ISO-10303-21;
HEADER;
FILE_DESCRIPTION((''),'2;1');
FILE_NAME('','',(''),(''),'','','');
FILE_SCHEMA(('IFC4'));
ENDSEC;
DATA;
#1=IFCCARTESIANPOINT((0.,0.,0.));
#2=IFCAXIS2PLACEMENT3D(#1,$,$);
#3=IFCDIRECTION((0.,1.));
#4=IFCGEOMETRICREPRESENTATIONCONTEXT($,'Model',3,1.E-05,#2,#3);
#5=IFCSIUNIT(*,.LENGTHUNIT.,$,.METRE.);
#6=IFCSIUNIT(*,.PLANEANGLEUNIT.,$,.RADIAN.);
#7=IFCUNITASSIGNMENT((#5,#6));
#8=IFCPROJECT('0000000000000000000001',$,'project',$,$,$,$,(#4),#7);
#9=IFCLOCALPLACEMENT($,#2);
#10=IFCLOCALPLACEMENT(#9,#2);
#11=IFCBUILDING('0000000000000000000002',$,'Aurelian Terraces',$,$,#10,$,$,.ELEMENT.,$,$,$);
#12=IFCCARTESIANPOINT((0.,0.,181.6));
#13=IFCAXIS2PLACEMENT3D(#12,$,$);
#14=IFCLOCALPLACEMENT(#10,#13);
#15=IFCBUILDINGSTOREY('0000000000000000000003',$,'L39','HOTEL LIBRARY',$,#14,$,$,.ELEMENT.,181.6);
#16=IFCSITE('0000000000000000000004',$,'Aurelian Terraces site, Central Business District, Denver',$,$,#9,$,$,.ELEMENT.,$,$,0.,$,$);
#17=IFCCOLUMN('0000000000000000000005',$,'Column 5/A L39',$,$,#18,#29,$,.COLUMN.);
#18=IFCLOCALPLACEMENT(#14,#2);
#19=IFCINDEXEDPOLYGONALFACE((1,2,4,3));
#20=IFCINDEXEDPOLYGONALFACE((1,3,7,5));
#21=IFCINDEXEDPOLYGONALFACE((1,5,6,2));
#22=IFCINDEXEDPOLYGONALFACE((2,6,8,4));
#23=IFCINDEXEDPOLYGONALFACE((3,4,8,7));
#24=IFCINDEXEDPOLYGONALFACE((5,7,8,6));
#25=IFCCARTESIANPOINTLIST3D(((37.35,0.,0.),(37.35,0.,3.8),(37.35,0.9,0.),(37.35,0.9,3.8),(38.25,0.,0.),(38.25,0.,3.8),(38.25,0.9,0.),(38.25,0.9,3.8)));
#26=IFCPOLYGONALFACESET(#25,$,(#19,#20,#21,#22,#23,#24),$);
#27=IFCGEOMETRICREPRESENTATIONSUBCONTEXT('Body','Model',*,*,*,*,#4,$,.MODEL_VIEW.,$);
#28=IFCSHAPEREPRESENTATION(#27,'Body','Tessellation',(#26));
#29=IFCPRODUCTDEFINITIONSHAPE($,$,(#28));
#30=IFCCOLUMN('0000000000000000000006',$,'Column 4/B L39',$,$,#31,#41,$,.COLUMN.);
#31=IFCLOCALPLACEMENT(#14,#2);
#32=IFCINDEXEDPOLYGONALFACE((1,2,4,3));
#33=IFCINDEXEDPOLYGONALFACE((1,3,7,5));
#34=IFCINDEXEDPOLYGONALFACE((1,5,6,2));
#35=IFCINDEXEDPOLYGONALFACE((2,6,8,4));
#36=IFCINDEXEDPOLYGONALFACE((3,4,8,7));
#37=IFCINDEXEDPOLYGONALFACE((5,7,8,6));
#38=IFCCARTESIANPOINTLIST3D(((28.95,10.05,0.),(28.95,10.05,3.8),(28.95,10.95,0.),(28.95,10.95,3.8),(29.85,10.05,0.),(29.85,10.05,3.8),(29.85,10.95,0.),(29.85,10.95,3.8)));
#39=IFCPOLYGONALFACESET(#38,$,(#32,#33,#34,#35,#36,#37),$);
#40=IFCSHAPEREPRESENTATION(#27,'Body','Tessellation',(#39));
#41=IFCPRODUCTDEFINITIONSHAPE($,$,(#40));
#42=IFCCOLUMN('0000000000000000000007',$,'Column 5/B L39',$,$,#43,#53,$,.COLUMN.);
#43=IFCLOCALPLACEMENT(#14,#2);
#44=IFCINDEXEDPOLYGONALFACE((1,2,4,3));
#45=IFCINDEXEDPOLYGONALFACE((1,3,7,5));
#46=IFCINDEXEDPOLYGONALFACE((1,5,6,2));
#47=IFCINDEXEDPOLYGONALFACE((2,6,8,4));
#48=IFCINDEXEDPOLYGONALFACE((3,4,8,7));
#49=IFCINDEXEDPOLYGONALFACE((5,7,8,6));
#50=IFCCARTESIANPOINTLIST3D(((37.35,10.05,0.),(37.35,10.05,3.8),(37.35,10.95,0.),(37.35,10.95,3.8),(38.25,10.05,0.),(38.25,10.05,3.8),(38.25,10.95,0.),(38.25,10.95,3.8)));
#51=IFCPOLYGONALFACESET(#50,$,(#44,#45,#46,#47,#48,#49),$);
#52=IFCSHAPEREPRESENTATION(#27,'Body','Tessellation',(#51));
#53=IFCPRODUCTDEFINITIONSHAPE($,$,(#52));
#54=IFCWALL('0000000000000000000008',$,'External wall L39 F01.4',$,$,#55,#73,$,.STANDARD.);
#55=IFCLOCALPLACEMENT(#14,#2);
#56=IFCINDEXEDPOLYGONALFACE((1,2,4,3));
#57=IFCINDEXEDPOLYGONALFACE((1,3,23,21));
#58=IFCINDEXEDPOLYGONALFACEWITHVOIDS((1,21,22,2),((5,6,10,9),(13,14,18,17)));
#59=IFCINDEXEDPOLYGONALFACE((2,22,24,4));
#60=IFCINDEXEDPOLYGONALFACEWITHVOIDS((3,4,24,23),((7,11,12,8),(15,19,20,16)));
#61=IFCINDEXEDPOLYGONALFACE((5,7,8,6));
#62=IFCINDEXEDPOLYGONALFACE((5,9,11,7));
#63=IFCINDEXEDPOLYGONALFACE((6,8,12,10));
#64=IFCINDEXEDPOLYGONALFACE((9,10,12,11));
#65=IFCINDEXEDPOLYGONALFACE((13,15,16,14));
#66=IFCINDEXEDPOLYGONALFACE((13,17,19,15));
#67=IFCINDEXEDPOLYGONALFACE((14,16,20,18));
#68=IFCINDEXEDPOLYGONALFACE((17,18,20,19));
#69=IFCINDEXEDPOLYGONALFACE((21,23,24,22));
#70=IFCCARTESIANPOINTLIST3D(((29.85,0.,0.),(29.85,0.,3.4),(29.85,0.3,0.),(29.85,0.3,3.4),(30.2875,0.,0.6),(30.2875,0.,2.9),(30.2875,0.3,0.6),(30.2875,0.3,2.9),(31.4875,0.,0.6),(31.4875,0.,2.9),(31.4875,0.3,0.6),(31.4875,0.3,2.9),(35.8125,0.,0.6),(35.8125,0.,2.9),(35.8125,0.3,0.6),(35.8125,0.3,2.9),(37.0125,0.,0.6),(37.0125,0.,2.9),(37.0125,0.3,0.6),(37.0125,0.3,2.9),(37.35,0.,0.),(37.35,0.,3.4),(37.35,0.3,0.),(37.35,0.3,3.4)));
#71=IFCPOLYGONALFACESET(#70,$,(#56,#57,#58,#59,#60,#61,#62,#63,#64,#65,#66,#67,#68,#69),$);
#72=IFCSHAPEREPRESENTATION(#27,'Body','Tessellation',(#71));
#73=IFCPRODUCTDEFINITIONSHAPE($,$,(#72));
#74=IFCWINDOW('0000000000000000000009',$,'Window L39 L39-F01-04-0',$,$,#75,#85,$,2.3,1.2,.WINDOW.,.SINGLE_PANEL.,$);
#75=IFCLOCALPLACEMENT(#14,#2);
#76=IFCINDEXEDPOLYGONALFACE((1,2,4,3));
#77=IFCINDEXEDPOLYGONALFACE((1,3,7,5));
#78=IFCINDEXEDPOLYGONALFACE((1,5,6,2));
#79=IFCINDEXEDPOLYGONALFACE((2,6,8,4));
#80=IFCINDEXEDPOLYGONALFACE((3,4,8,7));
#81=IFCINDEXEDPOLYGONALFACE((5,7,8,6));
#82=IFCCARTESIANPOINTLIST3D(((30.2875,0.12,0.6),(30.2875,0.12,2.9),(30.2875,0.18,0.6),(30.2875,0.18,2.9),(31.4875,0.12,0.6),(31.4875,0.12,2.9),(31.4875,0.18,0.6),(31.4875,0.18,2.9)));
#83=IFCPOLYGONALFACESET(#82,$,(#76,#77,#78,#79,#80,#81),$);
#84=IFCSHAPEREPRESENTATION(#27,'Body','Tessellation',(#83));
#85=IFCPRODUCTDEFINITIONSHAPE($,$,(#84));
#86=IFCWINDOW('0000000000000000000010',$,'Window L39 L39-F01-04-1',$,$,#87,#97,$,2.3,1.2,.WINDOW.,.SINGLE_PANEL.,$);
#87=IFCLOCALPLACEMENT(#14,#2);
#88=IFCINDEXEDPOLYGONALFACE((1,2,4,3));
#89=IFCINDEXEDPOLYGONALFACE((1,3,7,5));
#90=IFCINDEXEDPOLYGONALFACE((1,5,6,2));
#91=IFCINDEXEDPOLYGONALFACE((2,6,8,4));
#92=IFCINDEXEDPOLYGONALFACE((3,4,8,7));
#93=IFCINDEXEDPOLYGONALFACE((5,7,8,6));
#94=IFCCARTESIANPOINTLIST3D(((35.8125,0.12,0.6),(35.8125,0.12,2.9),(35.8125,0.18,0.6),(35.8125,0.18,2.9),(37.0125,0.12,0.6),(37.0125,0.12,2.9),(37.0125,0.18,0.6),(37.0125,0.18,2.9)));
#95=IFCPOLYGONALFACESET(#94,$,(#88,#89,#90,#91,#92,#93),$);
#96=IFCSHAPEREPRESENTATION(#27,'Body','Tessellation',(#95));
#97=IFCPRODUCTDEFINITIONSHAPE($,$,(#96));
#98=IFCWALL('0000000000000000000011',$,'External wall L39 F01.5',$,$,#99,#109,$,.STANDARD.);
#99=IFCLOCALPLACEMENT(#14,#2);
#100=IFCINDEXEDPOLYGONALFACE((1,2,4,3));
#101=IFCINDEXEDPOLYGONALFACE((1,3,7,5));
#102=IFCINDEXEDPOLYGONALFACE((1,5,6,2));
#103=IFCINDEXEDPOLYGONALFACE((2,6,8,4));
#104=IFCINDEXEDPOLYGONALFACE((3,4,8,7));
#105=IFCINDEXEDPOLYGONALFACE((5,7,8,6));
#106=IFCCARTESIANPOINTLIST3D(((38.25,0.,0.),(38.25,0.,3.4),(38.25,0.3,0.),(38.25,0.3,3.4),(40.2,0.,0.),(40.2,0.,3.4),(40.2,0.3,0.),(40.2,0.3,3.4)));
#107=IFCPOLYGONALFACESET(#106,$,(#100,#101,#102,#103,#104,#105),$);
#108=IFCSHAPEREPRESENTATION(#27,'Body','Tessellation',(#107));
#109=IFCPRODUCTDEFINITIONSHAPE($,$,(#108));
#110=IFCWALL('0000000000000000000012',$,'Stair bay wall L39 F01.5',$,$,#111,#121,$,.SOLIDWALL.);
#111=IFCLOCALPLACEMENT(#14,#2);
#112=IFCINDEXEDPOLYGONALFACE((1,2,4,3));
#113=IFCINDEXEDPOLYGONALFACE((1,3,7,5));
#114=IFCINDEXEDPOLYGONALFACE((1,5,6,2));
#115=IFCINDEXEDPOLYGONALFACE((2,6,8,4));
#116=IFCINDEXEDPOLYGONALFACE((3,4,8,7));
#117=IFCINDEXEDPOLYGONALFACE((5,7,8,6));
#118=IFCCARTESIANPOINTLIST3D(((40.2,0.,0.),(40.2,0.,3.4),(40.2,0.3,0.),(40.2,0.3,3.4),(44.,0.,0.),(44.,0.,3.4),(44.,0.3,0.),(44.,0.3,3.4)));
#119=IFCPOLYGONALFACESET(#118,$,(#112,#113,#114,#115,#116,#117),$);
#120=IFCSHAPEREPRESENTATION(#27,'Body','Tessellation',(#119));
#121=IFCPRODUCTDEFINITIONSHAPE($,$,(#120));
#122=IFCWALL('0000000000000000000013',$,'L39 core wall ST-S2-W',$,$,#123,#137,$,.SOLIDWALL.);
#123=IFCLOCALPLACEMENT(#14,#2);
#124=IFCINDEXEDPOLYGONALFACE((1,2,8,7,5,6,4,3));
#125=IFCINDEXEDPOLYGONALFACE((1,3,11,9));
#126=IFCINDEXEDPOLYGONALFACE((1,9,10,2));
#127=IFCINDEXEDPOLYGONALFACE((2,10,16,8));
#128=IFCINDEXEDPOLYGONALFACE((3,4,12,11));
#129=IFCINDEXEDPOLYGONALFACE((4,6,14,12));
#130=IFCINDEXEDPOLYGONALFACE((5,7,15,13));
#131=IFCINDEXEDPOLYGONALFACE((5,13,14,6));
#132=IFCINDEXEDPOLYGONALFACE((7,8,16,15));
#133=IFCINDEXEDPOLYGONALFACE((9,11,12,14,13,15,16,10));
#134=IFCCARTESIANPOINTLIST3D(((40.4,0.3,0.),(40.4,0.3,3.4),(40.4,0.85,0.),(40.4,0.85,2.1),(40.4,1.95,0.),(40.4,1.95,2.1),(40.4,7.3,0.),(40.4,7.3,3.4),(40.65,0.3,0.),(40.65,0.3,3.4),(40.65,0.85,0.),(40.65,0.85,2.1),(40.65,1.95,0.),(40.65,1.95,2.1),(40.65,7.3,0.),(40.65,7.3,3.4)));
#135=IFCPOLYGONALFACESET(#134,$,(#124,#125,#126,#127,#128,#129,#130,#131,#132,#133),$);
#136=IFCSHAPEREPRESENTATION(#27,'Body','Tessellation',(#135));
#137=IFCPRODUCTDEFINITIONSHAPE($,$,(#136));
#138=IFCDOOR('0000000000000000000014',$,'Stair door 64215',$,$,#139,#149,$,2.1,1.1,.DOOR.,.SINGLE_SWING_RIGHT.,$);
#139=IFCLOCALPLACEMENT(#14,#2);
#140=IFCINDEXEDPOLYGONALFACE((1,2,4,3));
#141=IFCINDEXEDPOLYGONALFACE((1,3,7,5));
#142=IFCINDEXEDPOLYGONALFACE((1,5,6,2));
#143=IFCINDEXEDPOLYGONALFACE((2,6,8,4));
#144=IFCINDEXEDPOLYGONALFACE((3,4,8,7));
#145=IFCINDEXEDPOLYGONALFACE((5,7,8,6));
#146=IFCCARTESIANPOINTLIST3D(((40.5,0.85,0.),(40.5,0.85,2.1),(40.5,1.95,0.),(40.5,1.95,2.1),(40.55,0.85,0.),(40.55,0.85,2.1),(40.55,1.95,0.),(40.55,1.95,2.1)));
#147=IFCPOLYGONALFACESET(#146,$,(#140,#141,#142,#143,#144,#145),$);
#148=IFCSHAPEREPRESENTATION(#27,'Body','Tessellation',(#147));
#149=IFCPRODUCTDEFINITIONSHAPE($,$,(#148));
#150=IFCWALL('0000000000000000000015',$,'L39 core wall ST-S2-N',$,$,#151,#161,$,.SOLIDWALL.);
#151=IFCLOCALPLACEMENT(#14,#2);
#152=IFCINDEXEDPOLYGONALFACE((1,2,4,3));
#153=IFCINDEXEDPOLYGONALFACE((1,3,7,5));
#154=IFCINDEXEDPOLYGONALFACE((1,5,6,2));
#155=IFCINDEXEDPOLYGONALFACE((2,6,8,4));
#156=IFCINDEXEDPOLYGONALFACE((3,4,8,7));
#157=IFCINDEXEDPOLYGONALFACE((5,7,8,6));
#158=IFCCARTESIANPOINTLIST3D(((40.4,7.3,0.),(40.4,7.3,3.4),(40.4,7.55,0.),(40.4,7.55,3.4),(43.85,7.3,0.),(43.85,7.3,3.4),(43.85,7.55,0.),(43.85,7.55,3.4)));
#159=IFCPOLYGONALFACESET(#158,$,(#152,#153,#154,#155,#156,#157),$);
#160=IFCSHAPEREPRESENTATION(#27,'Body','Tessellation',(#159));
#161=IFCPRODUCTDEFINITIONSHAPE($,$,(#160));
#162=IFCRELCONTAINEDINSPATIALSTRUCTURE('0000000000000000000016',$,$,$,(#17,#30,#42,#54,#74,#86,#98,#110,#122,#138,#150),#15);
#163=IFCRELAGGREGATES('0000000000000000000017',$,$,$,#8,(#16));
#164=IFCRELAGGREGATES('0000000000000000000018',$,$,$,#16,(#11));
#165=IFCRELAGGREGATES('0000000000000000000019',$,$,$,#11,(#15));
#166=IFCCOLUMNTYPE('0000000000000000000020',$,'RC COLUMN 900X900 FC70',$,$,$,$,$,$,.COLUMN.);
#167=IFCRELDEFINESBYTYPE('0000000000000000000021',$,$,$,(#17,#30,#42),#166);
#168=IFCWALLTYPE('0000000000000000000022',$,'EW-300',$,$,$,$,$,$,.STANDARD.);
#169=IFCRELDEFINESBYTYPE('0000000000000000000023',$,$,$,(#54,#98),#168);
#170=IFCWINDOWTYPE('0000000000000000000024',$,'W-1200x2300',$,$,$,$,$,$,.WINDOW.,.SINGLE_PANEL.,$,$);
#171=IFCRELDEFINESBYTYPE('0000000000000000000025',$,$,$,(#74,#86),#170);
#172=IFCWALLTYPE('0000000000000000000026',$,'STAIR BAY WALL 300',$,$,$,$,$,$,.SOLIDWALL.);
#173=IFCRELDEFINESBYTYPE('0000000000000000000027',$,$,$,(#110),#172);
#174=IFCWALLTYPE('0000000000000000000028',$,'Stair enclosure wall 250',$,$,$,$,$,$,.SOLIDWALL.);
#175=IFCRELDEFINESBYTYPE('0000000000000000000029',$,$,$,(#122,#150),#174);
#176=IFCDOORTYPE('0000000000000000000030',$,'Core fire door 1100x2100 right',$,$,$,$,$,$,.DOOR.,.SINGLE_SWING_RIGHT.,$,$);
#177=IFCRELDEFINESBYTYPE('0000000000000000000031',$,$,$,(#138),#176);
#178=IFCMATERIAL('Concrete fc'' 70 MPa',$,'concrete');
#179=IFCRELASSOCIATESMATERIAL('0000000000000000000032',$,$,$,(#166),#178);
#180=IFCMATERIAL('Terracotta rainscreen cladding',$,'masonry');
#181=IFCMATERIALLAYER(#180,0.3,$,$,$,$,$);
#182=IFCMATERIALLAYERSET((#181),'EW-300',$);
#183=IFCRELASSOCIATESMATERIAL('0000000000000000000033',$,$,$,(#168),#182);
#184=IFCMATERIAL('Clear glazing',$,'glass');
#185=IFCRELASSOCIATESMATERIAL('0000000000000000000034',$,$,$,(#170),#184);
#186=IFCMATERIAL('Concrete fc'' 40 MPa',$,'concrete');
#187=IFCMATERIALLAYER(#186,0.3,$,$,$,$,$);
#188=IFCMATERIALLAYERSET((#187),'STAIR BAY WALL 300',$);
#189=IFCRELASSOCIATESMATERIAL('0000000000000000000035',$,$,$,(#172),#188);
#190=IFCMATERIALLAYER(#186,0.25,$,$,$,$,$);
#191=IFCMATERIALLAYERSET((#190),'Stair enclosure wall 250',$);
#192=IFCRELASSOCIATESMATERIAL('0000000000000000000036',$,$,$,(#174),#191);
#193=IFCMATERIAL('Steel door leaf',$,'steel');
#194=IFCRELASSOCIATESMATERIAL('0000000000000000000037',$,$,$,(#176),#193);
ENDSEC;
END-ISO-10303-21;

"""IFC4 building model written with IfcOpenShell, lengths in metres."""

from ifc_helpers import new_model, si_unit, direction, frame, frame_2d, origin, origin_2d, place, context, subcontext, project, spatial, rectangle, extrude, source, transform, mapped, material, layer, layer_set, material_profile, profile_set, type_object, element, fill, save


model = new_model("IFC4")

# Units and contexts
model_context = context("Model", 3, precision=1e-05, world=origin(), true_north=direction((0.0, 1.0)))
body_context = subcontext(model_context, "Body", "Model", "MODEL_VIEW")
ifc_project = project(units=[si_unit("LENGTHUNIT", "METRE"), si_unit("PLANEANGLEUNIT", "RADIAN")], contexts=[model_context])

# Site, building, storey
site_placement = place(None, origin())
site = spatial("IfcSite", under=ifc_project, at=site_placement, Name="Aurelian Terraces site, Central Business District, Denver", CompositionType="ELEMENT", RefElevation=0.0)
building_placement = place(site_placement, origin())
building = spatial("IfcBuilding", under=site, at=building_placement, Name="Aurelian Terraces", CompositionType="ELEMENT")
storey_placement = place(building_placement, frame((0.0, 0.0, 181.6)))
storey = spatial("IfcBuildingStorey", under=building, at=storey_placement, Name="L39", Description="HOTEL LIBRARY", CompositionType="ELEMENT", Elevation=181.6)

# Columns
ifc_material_1 = material(Name="Concrete fc' 70 MPa", Category="concrete")
ifc_material_profile = material_profile(ifc_material_1, rectangle(XDim=0.9, YDim=0.9, at=origin_2d()))
ifc_profile_set = profile_set([ifc_material_profile], Name="Concrete fc' 70 MPa")
column_type = type_object("IfcColumnType", Name="RC COLUMN 900X900 FC70", PredefinedType="COLUMN", material=ifc_profile_set)
shared_shape_1 = source(origin(), body_context, "Body", "SweptSolid", [
    extrude(rectangle(XDim=0.9, YDim=0.9, at=origin_2d()), origin(), (0.0, 0.0, 1.0), 3.8),
])
for number, where, z_axis, x_axis, name in (
    (1, (37.8, 0.45, 0.0), (0.0, 0.0, 1.0), (1.0, 0.0, 0.0), "Column 5/A L39"),
    (2, (29.4, 10.5, 0.0), (0.0, 0.0, 1.0), (1.0, 0.0, 0.0), "Column 4/B L39"),
    (3, (37.8, 10.5, 0.0), (0.0, 0.0, 1.0), (1.0, 0.0, 0.0), "Column 5/B L39"),
):
    element("IfcColumn", number, at=place(storey_placement, frame(where, z_axis=z_axis, x_axis=x_axis)), inside=storey, type_object=column_type, Name=name, PredefinedType="COLUMN", context=body_context, shape_type="MappedRepresentation", body=[
        mapped(shared_shape_1, transform((0.0, 0.0, 0.0), scale=1.0)),
    ])

# Wall, openings, windows
ifc_material_2 = material(Name="Terracotta rainscreen cladding", Category="masonry")
ifc_layer_1 = layer(ifc_material_2, 0.3)
ifc_layer_set_1 = layer_set([ifc_layer_1], Name="EW-300")
wall_type_1 = type_object("IfcWallType", Name="EW-300", PredefinedType="STANDARD", material=ifc_layer_set_1)
shared_shape_2 = source(origin(), body_context, "Body", "SweptSolid", [
    extrude(rectangle(XDim=7.5, YDim=0.3, at=frame_2d((3.75, 0.0))), origin(), (0.0, 0.0, 1.0), 3.4),
])
wall_1_placement = place(storey_placement, frame((29.85, 0.15, 0.0), z_axis=(0.0, 0.0, 1.0), x_axis=(1.0, 0.0, 0.0)))
wall_1 = element("IfcWall", 4, at=wall_1_placement, inside=storey, type_object=wall_type_1, Name="External wall L39 F01.4", PredefinedType="STANDARD", context=body_context, shape_type="MappedRepresentation", body=[
    mapped(shared_shape_2, transform((0.0, 0.0, 0.0), scale=1.0)),
])
shared_shape_3 = source(origin(), body_context, "Body", "SweptSolid", [
    extrude(rectangle(XDim=1.2, YDim=2.3, at=frame_2d((0.6, 1.15))), frame((0.0, 0.16, 0.0), z_axis=(0.0, -1.0, 0.0), x_axis=(1.0, 0.0, 0.0)), (0.0, 0.0, 1.0), 0.32),
])
opening_1_placement = place(wall_1_placement, frame((0.4375, 0.0, 0.6)))
opening_1 = element("IfcOpeningElement", 5, at=opening_1_placement, cuts=wall_1, PredefinedType="OPENING", context=body_context, shape_type="MappedRepresentation", body=[
    mapped(shared_shape_3, transform((0.0, 0.0, 0.0), scale=1.0)),
])
opening_2_placement = place(wall_1_placement, frame((5.9625, 0.0, 0.6)))
opening_2 = element("IfcOpeningElement", 6, at=opening_2_placement, cuts=wall_1, PredefinedType="OPENING", context=body_context, shape_type="MappedRepresentation", body=[
    mapped(shared_shape_3, transform((0.0, 0.0, 0.0), scale=1.0)),
])
ifc_material_3 = material(Name="Clear glazing", Category="glass")
window_type = type_object("IfcWindowType", Name="W-1200x2300", PartitioningType="SINGLE_PANEL", PredefinedType="WINDOW", material=ifc_material_3)
shared_shape_4 = source(origin(), body_context, "Body", "SweptSolid", [
    extrude(rectangle(XDim=1.2, YDim=2.3, at=frame_2d((0.6, 1.15))), frame((0.0, 0.03, 0.0), z_axis=(0.0, -1.0, 0.0), x_axis=(1.0, 0.0, 0.0)), (0.0, 0.0, 1.0), 0.06),
])
window_1_placement = place(opening_1_placement, origin())
window_1 = element("IfcWindow", 7, at=window_1_placement, inside=storey, type_object=window_type, Name="Window L39 L39-F01-04-0", OverallHeight=2.3, OverallWidth=1.2, PartitioningType="SINGLE_PANEL", PredefinedType="WINDOW", context=body_context, shape_type="MappedRepresentation", body=[
    mapped(shared_shape_4, transform((0.0, 0.0, 0.0), scale=1.0)),
])
fill(opening_1, window_1)
window_2_placement = place(opening_2_placement, origin())
window_2 = element("IfcWindow", 8, at=window_2_placement, inside=storey, type_object=window_type, Name="Window L39 L39-F01-04-1", OverallHeight=2.3, OverallWidth=1.2, PartitioningType="SINGLE_PANEL", PredefinedType="WINDOW", context=body_context, shape_type="MappedRepresentation", body=[
    mapped(shared_shape_4, transform((0.0, 0.0, 0.0), scale=1.0)),
])
fill(opening_2, window_2)

# Walls
shared_shape_5 = source(origin(), body_context, "Body", "SweptSolid", [
    extrude(rectangle(XDim=1.95, YDim=0.3, at=frame_2d((0.975, 0.0))), origin(), (0.0, 0.0, 1.0), 3.4),
])
wall_2_placement = place(storey_placement, frame((38.25, 0.15, 0.0), z_axis=(0.0, 0.0, 1.0), x_axis=(1.0, 0.0, 0.0)))
element("IfcWall", 9, at=wall_2_placement, inside=storey, type_object=wall_type_1, Name="External wall L39 F01.5", PredefinedType="STANDARD", context=body_context, shape_type="MappedRepresentation", body=[
    mapped(shared_shape_5, transform((0.0, 0.0, 0.0), scale=1.0)),
])
ifc_material_4 = material(Name="Concrete fc' 40 MPa", Category="concrete")
ifc_layer_2 = layer(ifc_material_4, 0.3)
ifc_layer_set_2 = layer_set([ifc_layer_2], Name="STAIR BAY WALL 300")
wall_type_2 = type_object("IfcWallType", Name="STAIR BAY WALL 300", PredefinedType="SOLIDWALL", material=ifc_layer_set_2)
shared_shape_6 = source(origin(), body_context, "Body", "SweptSolid", [
    extrude(rectangle(XDim=3.8, YDim=0.3, at=frame_2d((1.9, 0.0))), origin(), (0.0, 0.0, 1.0), 3.4),
])
wall_3_placement = place(storey_placement, frame((40.2, 0.15, 0.0), z_axis=(0.0, 0.0, 1.0), x_axis=(1.0, 0.0, 0.0)))
element("IfcWall", 10, at=wall_3_placement, inside=storey, type_object=wall_type_2, Name="Stair bay wall L39 F01.5", PredefinedType="SOLIDWALL", context=body_context, shape_type="MappedRepresentation", body=[
    mapped(shared_shape_6, transform((0.0, 0.0, 0.0), scale=1.0)),
])

# Wall, opening, door
ifc_layer_3 = layer(ifc_material_4, 0.25)
ifc_layer_set_3 = layer_set([ifc_layer_3], Name="Stair enclosure wall 250")
wall_type_3 = type_object("IfcWallType", Name="Stair enclosure wall 250", PredefinedType="SOLIDWALL", material=ifc_layer_set_3)
shared_shape_7 = source(origin(), body_context, "Body", "SweptSolid", [
    extrude(rectangle(XDim=7.0, YDim=0.25, at=frame_2d((3.5, 0.0))), origin(), (0.0, 0.0, 1.0), 3.4),
])
wall_4_placement = place(storey_placement, frame((40.525, 0.3, 0.0), z_axis=(0.0, 0.0, 1.0), x_axis=(0.0, 1.0, 0.0)))
wall_4 = element("IfcWall", 11, at=wall_4_placement, inside=storey, type_object=wall_type_3, Name="L39 core wall ST-S2-W", PredefinedType="SOLIDWALL", context=body_context, shape_type="MappedRepresentation", body=[
    mapped(shared_shape_7, transform((0.0, 0.0, 0.0), scale=1.0)),
])
shared_shape_8 = source(origin(), body_context, "Body", "SweptSolid", [
    extrude(rectangle(XDim=1.1, YDim=2.1, at=frame_2d((0.55, 1.05))), frame((0.0, 0.135, 0.0), z_axis=(0.0, -1.0, 0.0), x_axis=(1.0, 0.0, 0.0)), (0.0, 0.0, 1.0), 0.27),
])
opening_3_placement = place(wall_4_placement, frame((0.55, 0.0, 0.0)))
opening_3 = element("IfcOpeningElement", 12, at=opening_3_placement, cuts=wall_4, PredefinedType="OPENING", context=body_context, shape_type="MappedRepresentation", body=[
    mapped(shared_shape_8, transform((0.0, 0.0, 0.0), scale=1.0)),
])
ifc_material_5 = material(Name="Steel door leaf", Category="steel")
door_type_1 = type_object("IfcDoorType", Name="Core fire door 1100x2100 right", OperationType="SINGLE_SWING_RIGHT", PredefinedType="DOOR", material=ifc_material_5)
shared_shape_9 = source(origin(), body_context, "Body", "SweptSolid", [
    extrude(rectangle(XDim=1.1, YDim=2.1, at=frame_2d((0.55, 1.05))), frame((0.0, 0.025, 0.0), z_axis=(0.0, -1.0, 0.0), x_axis=(1.0, 0.0, 0.0)), (0.0, 0.0, 1.0), 0.05),
])
door_1_placement = place(opening_3_placement, origin())
door_1 = element("IfcDoor", 13, at=door_1_placement, inside=storey, type_object=door_type_1, Name="Stair door 64215", OperationType="SINGLE_SWING_RIGHT", OverallHeight=2.1, OverallWidth=1.1, PredefinedType="DOOR", context=body_context, shape_type="MappedRepresentation", body=[
    mapped(shared_shape_9, transform((0.0, 0.0, 0.0), scale=1.0)),
])
fill(opening_3, door_1)

# Wall
shared_shape_10 = source(origin(), body_context, "Body", "SweptSolid", [
    extrude(rectangle(XDim=3.45, YDim=0.25, at=frame_2d((1.725, 0.0))), origin(), (0.0, 0.0, 1.0), 3.4),
])
wall_5_placement = place(storey_placement, frame((40.4, 7.425, 0.0), z_axis=(0.0, 0.0, 1.0), x_axis=(1.0, 0.0, 0.0)))
element("IfcWall", 14, at=wall_5_placement, inside=storey, type_object=wall_type_3, Name="L39 core wall ST-S2-N", PredefinedType="SOLIDWALL", context=body_context, shape_type="MappedRepresentation", body=[
    mapped(shared_shape_10, transform((0.0, 0.0, 0.0), scale=1.0)),
])

save(model, "model.ifc")
